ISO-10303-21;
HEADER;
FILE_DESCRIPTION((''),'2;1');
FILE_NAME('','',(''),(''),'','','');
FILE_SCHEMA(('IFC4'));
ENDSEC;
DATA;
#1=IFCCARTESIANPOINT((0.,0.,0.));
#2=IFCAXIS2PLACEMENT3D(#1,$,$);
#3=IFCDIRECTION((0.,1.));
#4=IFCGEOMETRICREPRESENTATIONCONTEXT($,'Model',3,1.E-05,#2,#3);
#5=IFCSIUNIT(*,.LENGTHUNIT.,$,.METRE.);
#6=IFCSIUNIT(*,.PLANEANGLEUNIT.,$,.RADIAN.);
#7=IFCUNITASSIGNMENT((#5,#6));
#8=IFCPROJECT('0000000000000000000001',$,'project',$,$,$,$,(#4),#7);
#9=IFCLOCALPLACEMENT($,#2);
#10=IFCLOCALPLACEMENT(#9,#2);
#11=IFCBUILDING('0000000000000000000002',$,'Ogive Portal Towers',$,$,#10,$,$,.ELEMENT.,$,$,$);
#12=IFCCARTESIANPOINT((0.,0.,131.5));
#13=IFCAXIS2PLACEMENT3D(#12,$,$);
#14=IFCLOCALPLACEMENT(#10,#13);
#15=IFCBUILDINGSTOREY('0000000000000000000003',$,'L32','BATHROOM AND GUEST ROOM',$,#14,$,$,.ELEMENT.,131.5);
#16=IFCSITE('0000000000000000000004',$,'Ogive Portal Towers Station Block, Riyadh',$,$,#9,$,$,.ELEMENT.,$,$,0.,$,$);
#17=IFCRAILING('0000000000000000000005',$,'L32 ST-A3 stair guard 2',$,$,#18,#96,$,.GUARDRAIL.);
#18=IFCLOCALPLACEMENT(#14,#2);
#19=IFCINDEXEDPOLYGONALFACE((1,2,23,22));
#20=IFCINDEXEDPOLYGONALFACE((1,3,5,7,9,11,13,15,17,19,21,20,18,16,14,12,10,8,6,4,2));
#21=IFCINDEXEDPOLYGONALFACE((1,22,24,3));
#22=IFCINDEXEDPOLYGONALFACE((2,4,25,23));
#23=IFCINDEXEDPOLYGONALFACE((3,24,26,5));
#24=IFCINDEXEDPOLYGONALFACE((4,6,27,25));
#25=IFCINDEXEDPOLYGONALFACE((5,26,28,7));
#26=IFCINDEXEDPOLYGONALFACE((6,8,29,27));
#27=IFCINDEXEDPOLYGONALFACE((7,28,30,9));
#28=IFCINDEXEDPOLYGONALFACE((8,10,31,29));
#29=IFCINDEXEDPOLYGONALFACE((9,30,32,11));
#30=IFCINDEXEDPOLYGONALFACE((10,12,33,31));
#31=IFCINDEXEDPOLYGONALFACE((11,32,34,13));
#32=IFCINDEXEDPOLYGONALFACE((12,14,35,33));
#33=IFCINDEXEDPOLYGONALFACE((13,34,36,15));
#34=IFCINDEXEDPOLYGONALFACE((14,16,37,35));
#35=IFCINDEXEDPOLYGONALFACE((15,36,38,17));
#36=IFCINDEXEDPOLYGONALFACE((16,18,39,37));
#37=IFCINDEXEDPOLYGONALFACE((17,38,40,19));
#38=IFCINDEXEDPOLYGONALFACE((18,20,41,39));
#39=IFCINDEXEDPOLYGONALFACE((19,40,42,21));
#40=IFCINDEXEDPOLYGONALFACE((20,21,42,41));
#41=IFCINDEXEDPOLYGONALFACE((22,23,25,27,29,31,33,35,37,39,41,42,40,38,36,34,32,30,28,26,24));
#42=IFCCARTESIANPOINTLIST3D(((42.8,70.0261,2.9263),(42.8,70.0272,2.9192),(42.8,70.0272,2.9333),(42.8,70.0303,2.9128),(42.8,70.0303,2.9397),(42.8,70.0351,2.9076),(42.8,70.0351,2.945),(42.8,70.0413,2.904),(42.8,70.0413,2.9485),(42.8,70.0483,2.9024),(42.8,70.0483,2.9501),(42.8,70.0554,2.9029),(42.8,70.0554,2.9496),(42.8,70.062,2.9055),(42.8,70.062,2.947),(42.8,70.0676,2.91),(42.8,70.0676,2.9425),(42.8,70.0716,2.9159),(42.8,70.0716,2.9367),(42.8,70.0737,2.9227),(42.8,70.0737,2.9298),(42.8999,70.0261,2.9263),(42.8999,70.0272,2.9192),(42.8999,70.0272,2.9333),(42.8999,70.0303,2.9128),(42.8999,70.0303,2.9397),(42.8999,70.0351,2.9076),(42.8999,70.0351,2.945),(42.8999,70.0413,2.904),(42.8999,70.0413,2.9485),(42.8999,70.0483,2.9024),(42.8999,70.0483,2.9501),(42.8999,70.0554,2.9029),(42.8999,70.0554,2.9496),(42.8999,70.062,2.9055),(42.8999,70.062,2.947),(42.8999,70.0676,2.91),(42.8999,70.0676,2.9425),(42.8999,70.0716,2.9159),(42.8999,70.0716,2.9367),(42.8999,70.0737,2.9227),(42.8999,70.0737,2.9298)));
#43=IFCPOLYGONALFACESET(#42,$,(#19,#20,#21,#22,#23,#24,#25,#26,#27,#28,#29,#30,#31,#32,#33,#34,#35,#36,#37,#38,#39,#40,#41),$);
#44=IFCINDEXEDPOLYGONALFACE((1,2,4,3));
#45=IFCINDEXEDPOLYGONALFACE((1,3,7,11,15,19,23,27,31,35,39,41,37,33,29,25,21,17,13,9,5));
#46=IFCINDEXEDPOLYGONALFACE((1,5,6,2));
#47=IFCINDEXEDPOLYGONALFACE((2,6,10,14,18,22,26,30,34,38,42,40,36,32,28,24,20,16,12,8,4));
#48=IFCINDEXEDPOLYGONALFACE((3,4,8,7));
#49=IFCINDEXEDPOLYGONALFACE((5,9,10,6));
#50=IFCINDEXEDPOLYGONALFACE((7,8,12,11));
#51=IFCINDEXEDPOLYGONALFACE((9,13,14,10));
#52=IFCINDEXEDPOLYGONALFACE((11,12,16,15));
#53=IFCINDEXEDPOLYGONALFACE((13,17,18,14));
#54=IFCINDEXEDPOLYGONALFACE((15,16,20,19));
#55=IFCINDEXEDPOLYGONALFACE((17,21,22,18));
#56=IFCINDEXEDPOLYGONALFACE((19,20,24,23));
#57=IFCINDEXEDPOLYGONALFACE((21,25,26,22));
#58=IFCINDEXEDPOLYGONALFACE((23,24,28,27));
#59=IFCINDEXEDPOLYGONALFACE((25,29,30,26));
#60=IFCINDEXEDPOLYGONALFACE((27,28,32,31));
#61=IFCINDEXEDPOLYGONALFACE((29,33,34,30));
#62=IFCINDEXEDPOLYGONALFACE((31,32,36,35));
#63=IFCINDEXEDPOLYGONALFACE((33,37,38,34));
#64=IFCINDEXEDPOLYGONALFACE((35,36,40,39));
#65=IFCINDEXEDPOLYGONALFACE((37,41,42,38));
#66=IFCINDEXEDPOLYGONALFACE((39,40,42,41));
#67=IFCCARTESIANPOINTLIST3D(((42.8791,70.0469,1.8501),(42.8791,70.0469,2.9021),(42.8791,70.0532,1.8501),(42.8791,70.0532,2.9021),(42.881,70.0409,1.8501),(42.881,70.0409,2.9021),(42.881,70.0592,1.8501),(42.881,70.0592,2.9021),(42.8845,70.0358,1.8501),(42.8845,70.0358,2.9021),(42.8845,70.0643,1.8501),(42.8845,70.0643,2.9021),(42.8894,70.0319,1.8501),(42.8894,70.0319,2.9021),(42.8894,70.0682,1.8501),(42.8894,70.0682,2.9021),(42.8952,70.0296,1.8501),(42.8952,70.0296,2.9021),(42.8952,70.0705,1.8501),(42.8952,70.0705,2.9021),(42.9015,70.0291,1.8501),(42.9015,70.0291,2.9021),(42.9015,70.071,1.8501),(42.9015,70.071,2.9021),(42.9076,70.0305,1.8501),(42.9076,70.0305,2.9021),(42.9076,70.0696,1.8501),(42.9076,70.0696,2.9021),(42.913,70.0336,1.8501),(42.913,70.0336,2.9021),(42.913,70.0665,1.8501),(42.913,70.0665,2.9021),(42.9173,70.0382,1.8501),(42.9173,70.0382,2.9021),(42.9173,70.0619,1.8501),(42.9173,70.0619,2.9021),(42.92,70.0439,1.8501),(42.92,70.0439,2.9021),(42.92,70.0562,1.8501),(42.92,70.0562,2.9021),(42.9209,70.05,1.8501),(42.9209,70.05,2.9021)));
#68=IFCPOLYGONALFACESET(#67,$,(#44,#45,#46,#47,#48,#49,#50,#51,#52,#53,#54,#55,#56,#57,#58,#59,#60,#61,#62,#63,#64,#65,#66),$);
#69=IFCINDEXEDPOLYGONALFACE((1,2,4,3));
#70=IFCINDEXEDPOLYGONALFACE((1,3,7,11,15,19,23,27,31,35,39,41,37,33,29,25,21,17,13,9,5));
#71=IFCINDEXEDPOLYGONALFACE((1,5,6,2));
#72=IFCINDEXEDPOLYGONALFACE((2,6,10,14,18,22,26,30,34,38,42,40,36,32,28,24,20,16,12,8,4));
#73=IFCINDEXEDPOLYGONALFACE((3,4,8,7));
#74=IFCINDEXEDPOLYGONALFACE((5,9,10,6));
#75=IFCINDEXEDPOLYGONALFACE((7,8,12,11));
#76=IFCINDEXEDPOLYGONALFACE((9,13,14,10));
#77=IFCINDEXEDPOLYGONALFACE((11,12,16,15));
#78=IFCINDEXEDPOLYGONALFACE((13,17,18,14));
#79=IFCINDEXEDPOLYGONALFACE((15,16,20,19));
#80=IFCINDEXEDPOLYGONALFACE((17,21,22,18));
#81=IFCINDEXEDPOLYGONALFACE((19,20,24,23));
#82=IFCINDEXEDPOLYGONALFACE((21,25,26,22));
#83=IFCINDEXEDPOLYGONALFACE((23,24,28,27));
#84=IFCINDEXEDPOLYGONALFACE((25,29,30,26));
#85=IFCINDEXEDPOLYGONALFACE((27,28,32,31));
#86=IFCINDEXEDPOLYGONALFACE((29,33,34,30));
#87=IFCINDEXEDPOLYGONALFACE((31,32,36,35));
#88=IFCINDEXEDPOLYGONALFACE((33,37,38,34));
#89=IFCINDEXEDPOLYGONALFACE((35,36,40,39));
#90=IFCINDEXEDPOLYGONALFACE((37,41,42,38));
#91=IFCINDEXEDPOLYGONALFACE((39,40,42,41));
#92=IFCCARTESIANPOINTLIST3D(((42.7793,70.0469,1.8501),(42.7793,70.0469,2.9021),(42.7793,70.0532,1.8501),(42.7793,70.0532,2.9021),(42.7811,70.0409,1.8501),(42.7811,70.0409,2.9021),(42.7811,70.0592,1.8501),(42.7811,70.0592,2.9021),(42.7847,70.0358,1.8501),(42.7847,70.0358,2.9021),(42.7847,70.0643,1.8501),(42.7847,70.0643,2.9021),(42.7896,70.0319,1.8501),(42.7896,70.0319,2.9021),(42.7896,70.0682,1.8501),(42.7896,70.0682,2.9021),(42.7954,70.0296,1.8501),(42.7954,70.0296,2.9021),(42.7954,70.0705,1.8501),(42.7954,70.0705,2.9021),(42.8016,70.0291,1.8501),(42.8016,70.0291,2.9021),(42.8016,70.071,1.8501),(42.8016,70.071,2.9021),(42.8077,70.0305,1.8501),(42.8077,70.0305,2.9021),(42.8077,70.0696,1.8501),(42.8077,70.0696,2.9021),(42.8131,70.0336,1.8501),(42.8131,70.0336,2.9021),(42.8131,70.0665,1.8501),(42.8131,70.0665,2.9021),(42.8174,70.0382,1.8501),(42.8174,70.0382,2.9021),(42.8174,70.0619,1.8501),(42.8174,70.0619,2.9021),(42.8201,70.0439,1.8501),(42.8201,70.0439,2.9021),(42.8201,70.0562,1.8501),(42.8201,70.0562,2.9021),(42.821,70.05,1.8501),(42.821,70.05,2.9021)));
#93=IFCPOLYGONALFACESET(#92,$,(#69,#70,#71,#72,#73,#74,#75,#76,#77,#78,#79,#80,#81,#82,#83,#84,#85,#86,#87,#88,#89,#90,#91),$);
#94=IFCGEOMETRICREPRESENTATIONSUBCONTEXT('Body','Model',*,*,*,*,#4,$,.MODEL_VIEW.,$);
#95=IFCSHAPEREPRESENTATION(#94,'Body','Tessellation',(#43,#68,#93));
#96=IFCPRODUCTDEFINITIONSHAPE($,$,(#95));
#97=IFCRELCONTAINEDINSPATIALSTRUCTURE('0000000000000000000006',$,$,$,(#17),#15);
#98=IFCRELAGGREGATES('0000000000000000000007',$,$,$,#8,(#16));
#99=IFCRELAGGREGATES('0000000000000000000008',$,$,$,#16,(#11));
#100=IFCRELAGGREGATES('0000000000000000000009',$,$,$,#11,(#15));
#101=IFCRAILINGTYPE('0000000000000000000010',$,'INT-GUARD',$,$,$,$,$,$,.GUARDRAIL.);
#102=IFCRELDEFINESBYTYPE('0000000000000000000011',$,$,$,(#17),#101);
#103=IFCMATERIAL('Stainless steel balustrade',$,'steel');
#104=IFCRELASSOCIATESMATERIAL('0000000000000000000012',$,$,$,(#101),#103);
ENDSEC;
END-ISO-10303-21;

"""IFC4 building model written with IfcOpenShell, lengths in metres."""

from ifc_helpers import new_model, si_unit, direction, frame, origin, origin_2d, place, context, subcontext, project, spatial, circle, extrude, material, type_object, element, save


model = new_model("IFC4")

# Units and contexts
model_context = context("Model", 3, precision=1e-05, world=origin(), true_north=direction((0.0, 1.0)))
body_context = subcontext(model_context, "Body", "Model", "MODEL_VIEW")
ifc_project = project(units=[si_unit("LENGTHUNIT", "METRE"), si_unit("PLANEANGLEUNIT", "RADIAN")], contexts=[model_context])

# Site, building, storey
site_placement = place(None, origin())
site = spatial("IfcSite", under=ifc_project, at=site_placement, Name="Ogive Portal Towers Station Block, Riyadh", CompositionType="ELEMENT", RefElevation=0.0)
building_placement = place(site_placement, origin())
building = spatial("IfcBuilding", under=site, at=building_placement, Name="Ogive Portal Towers", CompositionType="ELEMENT")
storey_placement = place(building_placement, frame((0.0, 0.0, 131.5)))
storey = spatial("IfcBuildingStorey", under=building, at=storey_placement, Name="L32", Description="BATHROOM AND GUEST ROOM", CompositionType="ELEMENT", Elevation=131.5)

# Railing
ifc_material_1 = material(Name="Stainless steel balustrade", Category="steel")
railing_type_1 = type_object("IfcRailingType", Name="INT-GUARD", PredefinedType="GUARDRAIL", material=ifc_material_1)
railing_1_placement = place(storey_placement, frame((42.8999, 70.05, 1.8501)))
element("IfcRailing", 1, at=railing_1_placement, inside=storey, type_object=railing_type_1, Name="L32 ST-A3 stair guard 2", PredefinedType="GUARDRAIL", context=body_context, shape_type="SweptSolid", body=[
    extrude(circle(Radius=0.0239, at=origin_2d()), frame((0.0, 0.0, 1.0762), z_axis=(-1.0, 0.0, 0.0), x_axis=(0.0, -1.0, 0.0)), (0.0, 0.0, 1.0), 0.0999),
    extrude(circle(Radius=0.021, at=origin_2d()), origin(), (0.0, 0.0, 1.0), 1.052),
    extrude(circle(Radius=0.021, at=origin_2d()), frame((-0.0999, 0.0, 0.0)), (0.0, 0.0, 1.0), 1.052),
])

save(model, "model.ifc")
